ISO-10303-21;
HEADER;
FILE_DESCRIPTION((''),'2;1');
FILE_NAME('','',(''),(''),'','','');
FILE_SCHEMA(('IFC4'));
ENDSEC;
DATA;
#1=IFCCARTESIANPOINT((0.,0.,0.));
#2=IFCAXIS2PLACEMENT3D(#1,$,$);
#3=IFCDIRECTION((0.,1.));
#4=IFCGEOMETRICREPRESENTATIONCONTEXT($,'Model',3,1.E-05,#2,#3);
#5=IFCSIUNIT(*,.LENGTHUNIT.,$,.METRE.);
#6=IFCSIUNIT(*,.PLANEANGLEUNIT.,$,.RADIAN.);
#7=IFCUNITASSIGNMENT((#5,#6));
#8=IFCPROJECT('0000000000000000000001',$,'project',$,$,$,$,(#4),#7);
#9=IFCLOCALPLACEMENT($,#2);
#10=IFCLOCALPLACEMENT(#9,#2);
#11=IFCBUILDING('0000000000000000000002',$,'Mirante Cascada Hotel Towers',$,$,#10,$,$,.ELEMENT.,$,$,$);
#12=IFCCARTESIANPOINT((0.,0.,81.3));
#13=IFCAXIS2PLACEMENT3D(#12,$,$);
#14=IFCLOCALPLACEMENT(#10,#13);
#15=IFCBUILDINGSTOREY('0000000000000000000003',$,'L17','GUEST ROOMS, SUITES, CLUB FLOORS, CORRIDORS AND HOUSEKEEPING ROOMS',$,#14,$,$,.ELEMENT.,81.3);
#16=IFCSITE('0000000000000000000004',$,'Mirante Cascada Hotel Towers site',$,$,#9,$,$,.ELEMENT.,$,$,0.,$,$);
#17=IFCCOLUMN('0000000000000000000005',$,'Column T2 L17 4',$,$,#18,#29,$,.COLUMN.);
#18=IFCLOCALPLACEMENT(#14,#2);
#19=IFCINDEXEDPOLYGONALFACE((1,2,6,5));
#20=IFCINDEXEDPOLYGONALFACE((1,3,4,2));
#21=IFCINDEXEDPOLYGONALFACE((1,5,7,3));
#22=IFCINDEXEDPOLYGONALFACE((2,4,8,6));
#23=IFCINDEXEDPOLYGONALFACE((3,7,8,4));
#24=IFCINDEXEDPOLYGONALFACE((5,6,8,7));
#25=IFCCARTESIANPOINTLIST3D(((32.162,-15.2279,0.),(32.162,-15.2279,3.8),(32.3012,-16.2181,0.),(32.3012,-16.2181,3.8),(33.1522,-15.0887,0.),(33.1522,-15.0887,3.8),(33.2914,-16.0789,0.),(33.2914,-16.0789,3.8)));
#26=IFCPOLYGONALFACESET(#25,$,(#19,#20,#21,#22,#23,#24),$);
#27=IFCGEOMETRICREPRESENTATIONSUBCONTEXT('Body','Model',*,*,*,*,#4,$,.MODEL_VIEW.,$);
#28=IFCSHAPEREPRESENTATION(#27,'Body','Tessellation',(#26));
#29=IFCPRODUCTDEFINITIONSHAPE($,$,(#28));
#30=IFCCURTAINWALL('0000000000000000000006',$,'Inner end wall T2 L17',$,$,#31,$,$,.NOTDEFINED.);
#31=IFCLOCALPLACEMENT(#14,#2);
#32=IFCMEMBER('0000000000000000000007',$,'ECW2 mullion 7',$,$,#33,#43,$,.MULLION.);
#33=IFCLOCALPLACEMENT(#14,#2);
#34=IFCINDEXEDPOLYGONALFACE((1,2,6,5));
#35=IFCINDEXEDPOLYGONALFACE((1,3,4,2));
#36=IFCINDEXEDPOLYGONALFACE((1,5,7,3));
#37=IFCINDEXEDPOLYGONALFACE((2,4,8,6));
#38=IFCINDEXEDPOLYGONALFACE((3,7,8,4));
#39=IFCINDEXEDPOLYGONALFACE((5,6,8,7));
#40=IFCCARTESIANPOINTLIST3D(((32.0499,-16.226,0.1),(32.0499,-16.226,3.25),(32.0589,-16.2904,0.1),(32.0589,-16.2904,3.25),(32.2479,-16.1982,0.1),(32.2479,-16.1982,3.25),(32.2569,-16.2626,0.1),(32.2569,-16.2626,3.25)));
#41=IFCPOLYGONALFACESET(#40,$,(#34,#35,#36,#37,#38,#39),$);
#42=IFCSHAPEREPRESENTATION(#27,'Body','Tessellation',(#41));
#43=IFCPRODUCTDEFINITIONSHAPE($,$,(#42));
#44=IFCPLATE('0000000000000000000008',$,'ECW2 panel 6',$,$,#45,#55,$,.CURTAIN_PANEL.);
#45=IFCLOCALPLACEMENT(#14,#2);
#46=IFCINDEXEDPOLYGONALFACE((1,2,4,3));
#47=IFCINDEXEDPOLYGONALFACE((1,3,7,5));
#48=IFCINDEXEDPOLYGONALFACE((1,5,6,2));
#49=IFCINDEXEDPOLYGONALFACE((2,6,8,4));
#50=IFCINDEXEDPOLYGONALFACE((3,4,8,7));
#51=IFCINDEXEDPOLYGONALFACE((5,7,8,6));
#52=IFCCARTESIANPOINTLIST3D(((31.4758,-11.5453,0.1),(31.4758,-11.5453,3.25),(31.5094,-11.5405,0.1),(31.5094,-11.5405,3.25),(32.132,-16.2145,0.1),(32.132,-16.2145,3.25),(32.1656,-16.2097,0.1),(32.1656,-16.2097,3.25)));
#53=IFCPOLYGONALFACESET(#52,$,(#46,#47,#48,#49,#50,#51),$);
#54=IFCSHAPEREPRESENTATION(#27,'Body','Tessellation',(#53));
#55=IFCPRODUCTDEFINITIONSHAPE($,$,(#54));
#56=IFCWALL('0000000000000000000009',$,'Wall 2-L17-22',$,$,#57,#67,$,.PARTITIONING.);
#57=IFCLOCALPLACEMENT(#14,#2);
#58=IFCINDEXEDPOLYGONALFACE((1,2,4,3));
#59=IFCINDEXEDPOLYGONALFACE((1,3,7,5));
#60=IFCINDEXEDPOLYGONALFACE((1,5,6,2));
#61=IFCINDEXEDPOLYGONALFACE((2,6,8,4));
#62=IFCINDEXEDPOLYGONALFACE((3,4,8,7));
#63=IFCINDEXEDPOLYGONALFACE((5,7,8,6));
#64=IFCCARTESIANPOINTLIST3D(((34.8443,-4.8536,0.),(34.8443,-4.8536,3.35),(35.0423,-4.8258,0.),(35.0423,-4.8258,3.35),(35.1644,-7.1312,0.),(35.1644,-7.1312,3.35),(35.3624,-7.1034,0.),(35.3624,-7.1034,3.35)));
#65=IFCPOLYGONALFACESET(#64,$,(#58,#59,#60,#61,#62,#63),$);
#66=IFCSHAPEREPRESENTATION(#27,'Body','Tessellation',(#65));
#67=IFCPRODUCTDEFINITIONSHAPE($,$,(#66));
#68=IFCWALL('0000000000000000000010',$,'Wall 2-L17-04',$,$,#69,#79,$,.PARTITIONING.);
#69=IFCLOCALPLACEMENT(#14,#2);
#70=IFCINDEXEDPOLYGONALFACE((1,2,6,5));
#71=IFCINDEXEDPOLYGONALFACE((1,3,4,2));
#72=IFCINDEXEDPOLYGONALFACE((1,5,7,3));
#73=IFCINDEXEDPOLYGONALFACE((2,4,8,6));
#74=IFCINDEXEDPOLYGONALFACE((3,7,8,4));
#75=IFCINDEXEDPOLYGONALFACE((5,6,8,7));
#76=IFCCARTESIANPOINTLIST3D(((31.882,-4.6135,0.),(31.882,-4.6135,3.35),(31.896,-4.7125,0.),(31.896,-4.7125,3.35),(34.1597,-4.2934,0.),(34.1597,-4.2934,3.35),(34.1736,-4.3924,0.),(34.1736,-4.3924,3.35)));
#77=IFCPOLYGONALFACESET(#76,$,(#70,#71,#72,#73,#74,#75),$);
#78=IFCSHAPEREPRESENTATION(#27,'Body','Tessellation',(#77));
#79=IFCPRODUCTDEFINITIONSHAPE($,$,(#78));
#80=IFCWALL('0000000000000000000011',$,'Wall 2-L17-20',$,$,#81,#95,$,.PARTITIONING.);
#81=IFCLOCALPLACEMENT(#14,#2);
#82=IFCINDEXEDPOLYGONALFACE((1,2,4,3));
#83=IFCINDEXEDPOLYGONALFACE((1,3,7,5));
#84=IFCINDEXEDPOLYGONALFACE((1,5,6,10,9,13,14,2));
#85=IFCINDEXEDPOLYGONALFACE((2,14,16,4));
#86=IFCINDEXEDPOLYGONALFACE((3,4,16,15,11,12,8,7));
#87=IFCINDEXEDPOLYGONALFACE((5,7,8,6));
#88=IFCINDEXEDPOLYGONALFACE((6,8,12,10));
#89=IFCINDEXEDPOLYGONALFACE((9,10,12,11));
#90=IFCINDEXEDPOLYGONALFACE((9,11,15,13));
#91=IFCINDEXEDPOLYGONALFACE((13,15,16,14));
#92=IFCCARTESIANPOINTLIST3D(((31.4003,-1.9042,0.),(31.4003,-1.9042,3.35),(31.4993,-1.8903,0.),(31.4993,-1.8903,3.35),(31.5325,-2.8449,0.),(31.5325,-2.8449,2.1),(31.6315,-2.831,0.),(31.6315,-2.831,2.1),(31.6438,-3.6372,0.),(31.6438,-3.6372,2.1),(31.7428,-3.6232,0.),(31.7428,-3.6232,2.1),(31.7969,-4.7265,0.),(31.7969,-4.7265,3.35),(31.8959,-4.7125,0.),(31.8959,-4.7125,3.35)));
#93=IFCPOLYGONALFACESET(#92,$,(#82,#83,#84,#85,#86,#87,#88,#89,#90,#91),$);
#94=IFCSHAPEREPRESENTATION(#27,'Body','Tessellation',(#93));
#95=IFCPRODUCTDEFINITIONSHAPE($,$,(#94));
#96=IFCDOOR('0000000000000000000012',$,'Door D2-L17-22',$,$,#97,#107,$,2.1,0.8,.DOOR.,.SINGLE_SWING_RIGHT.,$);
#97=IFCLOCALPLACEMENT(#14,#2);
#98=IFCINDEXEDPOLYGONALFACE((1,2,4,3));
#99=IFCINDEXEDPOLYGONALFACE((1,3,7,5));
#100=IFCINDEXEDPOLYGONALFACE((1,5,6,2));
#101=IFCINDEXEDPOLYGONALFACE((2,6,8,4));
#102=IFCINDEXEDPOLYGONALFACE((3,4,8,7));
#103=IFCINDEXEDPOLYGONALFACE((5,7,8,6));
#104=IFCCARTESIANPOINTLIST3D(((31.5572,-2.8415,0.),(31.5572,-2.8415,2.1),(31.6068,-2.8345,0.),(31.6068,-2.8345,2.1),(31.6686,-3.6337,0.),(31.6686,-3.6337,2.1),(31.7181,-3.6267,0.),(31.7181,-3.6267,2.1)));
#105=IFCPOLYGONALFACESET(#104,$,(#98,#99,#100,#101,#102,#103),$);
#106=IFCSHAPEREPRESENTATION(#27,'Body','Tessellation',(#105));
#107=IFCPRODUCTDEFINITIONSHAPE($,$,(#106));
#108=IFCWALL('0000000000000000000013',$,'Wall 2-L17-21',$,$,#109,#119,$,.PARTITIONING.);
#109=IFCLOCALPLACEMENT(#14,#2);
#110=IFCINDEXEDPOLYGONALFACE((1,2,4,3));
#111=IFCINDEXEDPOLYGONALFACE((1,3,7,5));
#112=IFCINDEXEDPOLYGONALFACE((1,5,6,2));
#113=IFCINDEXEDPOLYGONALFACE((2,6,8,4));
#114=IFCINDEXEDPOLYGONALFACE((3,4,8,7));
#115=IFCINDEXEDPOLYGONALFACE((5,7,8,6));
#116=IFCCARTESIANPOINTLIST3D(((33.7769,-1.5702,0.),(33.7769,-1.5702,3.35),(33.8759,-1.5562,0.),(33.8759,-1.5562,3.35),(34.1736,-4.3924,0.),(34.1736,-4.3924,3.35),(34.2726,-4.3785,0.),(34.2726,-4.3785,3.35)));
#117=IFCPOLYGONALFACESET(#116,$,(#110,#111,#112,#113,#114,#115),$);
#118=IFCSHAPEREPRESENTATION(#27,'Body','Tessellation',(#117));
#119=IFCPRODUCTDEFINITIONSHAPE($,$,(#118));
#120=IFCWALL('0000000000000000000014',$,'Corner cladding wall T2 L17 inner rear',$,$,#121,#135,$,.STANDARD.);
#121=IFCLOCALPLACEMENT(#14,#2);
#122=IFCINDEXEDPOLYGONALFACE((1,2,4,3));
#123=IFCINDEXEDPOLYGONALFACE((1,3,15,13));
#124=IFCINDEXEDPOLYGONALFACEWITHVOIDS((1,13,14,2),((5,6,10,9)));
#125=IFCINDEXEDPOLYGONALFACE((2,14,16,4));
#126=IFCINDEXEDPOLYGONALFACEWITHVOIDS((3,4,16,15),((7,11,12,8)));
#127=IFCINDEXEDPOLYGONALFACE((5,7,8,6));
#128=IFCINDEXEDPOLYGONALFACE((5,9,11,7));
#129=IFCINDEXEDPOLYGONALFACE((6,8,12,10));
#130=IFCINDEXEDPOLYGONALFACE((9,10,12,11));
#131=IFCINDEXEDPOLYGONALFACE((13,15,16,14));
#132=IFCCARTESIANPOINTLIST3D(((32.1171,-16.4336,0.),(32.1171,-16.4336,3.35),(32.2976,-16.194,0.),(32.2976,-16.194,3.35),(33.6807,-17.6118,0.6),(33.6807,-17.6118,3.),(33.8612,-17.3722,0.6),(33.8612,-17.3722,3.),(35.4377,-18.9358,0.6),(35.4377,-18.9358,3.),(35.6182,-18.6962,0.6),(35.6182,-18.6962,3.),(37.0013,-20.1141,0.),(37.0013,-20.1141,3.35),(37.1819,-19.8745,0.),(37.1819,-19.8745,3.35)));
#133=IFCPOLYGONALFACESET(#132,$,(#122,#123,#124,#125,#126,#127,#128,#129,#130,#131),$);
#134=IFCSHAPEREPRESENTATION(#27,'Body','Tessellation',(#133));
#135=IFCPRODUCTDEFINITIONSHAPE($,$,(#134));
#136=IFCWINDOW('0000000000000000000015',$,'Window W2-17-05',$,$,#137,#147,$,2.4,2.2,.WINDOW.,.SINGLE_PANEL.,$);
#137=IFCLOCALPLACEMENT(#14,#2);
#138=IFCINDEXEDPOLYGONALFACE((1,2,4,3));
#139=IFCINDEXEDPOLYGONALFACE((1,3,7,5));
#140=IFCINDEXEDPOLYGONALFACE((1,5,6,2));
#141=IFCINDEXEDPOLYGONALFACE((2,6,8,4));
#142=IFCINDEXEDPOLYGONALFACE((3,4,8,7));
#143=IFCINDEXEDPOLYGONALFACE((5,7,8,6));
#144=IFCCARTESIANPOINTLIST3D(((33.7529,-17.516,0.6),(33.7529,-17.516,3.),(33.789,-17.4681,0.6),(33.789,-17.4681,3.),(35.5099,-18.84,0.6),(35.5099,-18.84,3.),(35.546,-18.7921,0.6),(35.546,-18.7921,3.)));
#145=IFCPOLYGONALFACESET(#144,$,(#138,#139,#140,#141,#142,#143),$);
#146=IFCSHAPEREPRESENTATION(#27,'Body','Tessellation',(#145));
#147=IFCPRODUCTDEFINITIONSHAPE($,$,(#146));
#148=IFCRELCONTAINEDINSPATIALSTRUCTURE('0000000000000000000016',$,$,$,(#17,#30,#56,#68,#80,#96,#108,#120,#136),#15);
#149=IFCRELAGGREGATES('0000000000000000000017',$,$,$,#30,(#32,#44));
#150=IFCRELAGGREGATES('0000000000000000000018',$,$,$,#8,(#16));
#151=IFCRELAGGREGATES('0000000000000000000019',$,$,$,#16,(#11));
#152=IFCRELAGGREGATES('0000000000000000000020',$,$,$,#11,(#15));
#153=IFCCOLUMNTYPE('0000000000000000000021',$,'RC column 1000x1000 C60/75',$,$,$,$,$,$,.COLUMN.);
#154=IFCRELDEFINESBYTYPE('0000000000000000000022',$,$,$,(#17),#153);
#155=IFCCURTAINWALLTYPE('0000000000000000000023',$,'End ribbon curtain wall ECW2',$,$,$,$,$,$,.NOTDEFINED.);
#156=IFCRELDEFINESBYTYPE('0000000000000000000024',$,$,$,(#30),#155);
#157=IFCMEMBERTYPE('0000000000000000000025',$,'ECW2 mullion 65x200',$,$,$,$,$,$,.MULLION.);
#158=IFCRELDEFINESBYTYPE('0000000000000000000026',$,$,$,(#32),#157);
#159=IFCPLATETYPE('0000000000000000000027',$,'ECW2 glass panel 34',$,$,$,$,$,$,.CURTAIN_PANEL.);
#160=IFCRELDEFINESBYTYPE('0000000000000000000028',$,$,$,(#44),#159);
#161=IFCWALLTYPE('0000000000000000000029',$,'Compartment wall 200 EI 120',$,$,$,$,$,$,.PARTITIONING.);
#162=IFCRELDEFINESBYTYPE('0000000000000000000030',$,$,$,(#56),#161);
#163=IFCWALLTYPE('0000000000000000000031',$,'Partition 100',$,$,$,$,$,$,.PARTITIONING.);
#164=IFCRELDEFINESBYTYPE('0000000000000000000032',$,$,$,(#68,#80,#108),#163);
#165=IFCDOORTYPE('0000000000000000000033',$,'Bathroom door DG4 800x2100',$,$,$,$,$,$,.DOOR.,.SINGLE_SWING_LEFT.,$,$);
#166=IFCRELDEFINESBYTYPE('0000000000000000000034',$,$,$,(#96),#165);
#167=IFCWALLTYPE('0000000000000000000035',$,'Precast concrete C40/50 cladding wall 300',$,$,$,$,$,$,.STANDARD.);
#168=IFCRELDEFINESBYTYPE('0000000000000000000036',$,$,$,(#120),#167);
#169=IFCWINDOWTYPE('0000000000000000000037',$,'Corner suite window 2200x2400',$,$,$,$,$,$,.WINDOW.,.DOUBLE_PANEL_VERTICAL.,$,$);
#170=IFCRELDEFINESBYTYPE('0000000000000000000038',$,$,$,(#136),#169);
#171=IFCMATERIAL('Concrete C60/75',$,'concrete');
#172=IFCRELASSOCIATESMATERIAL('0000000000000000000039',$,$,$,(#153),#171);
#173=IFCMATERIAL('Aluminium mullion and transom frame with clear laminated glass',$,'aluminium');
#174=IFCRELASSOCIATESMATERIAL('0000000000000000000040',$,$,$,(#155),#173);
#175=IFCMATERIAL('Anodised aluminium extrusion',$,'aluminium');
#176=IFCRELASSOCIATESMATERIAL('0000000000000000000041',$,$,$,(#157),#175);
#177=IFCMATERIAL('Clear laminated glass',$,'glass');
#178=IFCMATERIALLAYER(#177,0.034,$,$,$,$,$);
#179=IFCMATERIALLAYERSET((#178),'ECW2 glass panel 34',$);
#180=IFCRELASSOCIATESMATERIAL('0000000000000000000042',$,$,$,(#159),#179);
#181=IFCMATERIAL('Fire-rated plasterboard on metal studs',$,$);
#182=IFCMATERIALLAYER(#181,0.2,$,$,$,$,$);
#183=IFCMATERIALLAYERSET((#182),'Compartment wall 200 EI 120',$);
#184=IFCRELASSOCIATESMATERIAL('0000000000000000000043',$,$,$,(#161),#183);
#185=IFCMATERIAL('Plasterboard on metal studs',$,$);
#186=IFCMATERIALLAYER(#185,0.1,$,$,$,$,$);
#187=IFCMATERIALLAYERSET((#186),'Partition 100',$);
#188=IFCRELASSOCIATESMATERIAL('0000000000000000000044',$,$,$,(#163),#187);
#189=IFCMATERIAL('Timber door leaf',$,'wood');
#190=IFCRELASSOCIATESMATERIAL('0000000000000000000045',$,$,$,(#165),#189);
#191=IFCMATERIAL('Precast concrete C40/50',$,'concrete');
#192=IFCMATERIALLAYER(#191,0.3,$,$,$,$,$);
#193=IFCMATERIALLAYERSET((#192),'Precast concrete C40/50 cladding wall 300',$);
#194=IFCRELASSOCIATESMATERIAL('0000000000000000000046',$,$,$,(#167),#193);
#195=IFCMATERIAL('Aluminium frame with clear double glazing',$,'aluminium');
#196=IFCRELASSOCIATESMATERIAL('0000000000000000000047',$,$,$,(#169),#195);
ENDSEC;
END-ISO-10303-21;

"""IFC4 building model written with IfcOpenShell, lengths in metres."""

from ifc_helpers import new_model, si_unit, direction, frame, frame_2d, origin, origin_2d, place, context, subcontext, project, spatial, rectangle, extrude, material, layer, layer_set, material_profile, profile_set, type_object, element, fill, aggregate, save


model = new_model("IFC4")

# Units and contexts
model_context = context("Model", 3, precision=1e-05, world=origin(), true_north=direction((0.0, 1.0)))
body_context = subcontext(model_context, "Body", "Model", "MODEL_VIEW")
ifc_project = project(units=[si_unit("LENGTHUNIT", "METRE"), si_unit("PLANEANGLEUNIT", "RADIAN")], contexts=[model_context])

# Site, building, storey
site_placement = place(None, origin())
site = spatial("IfcSite", under=ifc_project, at=site_placement, Name="Mirante Cascada Hotel Towers site", CompositionType="ELEMENT", RefElevation=0.0)
building_placement = place(site_placement, origin())
building = spatial("IfcBuilding", under=site, at=building_placement, Name="Mirante Cascada Hotel Towers", CompositionType="ELEMENT")
storey_placement = place(building_placement, frame((0.0, 0.0, 81.3)))
storey = spatial("IfcBuildingStorey", under=building, at=storey_placement, Name="L17", Description="GUEST ROOMS, SUITES, CLUB FLOORS, CORRIDORS AND HOUSEKEEPING ROOMS", CompositionType="ELEMENT", Elevation=81.3)

# Column
ifc_material_1 = material(Name="Concrete C60/75", Category="concrete")
ifc_material_profile_1 = material_profile(ifc_material_1, rectangle(XDim=1.0, YDim=1.0, at=origin_2d()), Name="RC column 1000x1000 C60/75")
ifc_profile_set_1 = profile_set([ifc_material_profile_1], Name="Concrete C60/75")
column_type = type_object("IfcColumnType", Name="RC column 1000x1000 C60/75", PredefinedType="COLUMN", material=ifc_profile_set_1)
column_placement = place(storey_placement, frame((32.7267, -15.6534, 0.0), z_axis=(0.0, 0.0, 1.0), x_axis=(0.990268, 0.139173, 0.0)))
element("IfcColumn", 1, at=column_placement, inside=storey, type_object=column_type, Name="Column T2 L17 4", PredefinedType="COLUMN", context=body_context, shape_type="SweptSolid", body=[
    extrude(rectangle(XDim=1.0, YDim=1.0, at=origin_2d()), origin(), (0.0, 0.0, 1.0), 3.8),
])

# Curtain wall, member, plate
ifc_material_2 = material(Name="Aluminium mullion and transom frame with clear laminated glass", Category="aluminium")
curtain_wall_type = type_object("IfcCurtainWallType", Name="End ribbon curtain wall ECW2", PredefinedType="NOTDEFINED", material=ifc_material_2)
curtain_wall_placement = place(storey_placement, origin())
curtain_wall = element("IfcCurtainWall", 2, at=curtain_wall_placement, inside=storey, type_object=curtain_wall_type, Name="Inner end wall T2 L17", PredefinedType="NOTDEFINED")
ifc_material_3 = material(Name="Anodised aluminium extrusion", Category="aluminium")
ifc_material_profile_2 = material_profile(ifc_material_3, rectangle(XDim=0.2, YDim=0.065, at=origin_2d()), Name="ECW2 MULLION 65x200")
ifc_profile_set_2 = profile_set([ifc_material_profile_2], Name="Anodised aluminium extrusion")
member_type = type_object("IfcMemberType", Name="ECW2 mullion 65x200", PredefinedType="MULLION", material=ifc_profile_set_2)
member_placement = place(storey_placement, frame((32.1534, -16.2443, 0.1), z_axis=(0.0, 0.0, 1.0), x_axis=(0.990268, 0.139173, 0.0)))
member = element("IfcMember", 3, at=member_placement, type_object=member_type, Name="ECW2 mullion 7", PredefinedType="MULLION", context=body_context, shape_type="SweptSolid", body=[
    extrude(rectangle(XDim=0.2, YDim=0.065, at=origin_2d()), origin(), (0.0, 0.0, 1.0), 3.15),
])
ifc_material_4 = material(Name="Clear laminated glass", Category="glass")
ifc_layer_1 = layer(ifc_material_4, 0.034)
ifc_layer_set_1 = layer_set([ifc_layer_1], Name="ECW2 glass panel 34")
plate_type = type_object("IfcPlateType", Name="ECW2 glass panel 34", PredefinedType="CURTAIN_PANEL", material=ifc_layer_set_1)
plate_placement = place(storey_placement, frame((31.8207, -13.8775, 0.1), z_axis=(0.0, 0.0, 1.0), x_axis=(0.139173, -0.990268, 0.0)))
plate = element("IfcPlate", 4, at=plate_placement, type_object=plate_type, Name="ECW2 panel 6", PredefinedType="CURTAIN_PANEL", context=body_context, shape_type="SweptSolid", body=[
    extrude(rectangle(XDim=4.7151, YDim=0.034, at=origin_2d()), origin(), (0.0, 0.0, 1.0), 3.15),
])
aggregate(curtain_wall, [member, plate])

# Walls
ifc_material_5 = material(Name="Fire-rated plasterboard on metal studs")
ifc_layer_2 = layer(ifc_material_5, 0.2)
ifc_layer_set_2 = layer_set([ifc_layer_2], Name="Compartment wall 200 EI 120")
wall_type_1 = type_object("IfcWallType", Name="Compartment wall 200 EI 120", PredefinedType="PARTITIONING", material=ifc_layer_set_2)
wall_1_placement = place(storey_placement, frame((35.2634, -7.1173, 0.0), z_axis=(0.0, 0.0, 1.0), x_axis=(-0.139175, 0.990268, 0.0)))
element("IfcWall", 5, at=wall_1_placement, inside=storey, type_object=wall_type_1, Name="Wall 2-L17-22", PredefinedType="PARTITIONING", context=body_context, shape_type="SweptSolid", body=[
    extrude(rectangle(XDim=2.3, YDim=0.2, at=frame_2d((1.15, 0.0))), origin(), (0.0, 0.0, 1.0), 3.35),
])
ifc_material_6 = material(Name="Plasterboard on metal studs")
ifc_layer_3 = layer(ifc_material_6, 0.1)
ifc_layer_set_3 = layer_set([ifc_layer_3], Name="Partition 100")
wall_type_2 = type_object("IfcWallType", Name="Partition 100", PredefinedType="PARTITIONING", material=ifc_layer_set_3)
wall_2_placement = place(storey_placement, frame((31.889, -4.663, 0.0), z_axis=(0.0, 0.0, 1.0), x_axis=(0.990268, 0.139175, 0.0)))
element("IfcWall", 6, at=wall_2_placement, inside=storey, type_object=wall_type_2, Name="Wall 2-L17-04", PredefinedType="PARTITIONING", context=body_context, shape_type="SweptSolid", body=[
    extrude(rectangle(XDim=2.3, YDim=0.1, at=frame_2d((1.15, 0.0))), origin(), (0.0, 0.0, 1.0), 3.35),
])

# Wall, opening, door
wall_3_placement = place(storey_placement, frame((31.8464, -4.7195, 0.0), z_axis=(0.0, 0.0, 1.0), x_axis=(-0.139156, 0.99027, 0.0)))
wall_3 = element("IfcWall", 7, at=wall_3_placement, inside=storey, type_object=wall_type_2, Name="Wall 2-L17-20", PredefinedType="PARTITIONING", context=body_context, shape_type="SweptSolid", body=[
    extrude(rectangle(XDim=2.85, YDim=0.1, at=frame_2d((1.425, 0.0))), origin(), (0.0, 0.0, 1.0), 3.35),
])
opening_1_placement = place(wall_3_placement, frame((1.1, 0.0, 0.0)))
opening_1 = element("IfcOpeningElement", 8, at=opening_1_placement, cuts=wall_3, PredefinedType="OPENING", context=body_context, shape_type="SweptSolid", body=[
    extrude(rectangle(XDim=0.8, YDim=2.1, at=frame_2d((0.4, 1.05))), frame((0.0, 0.05, 0.0), z_axis=(0.0, -1.0, 0.0), x_axis=(1.0, 0.0, 0.0)), (0.0, 0.0, 1.0), 0.1),
])
ifc_material_7 = material(Name="Timber door leaf", Category="wood")
door_type_1 = type_object("IfcDoorType", Name="Bathroom door DG4 800x2100", OperationType="SINGLE_SWING_LEFT", PredefinedType="DOOR", material=ifc_material_7)
door_1_placement = place(opening_1_placement, frame((0.8, 0.0, 0.0), z_axis=(0.0, 0.0, 1.0), x_axis=(-1.0, 0.0, 0.0)))
door_1 = element("IfcDoor", 9, at=door_1_placement, inside=storey, type_object=door_type_1, Name="Door D2-L17-22", OperationType="SINGLE_SWING_RIGHT", OverallHeight=2.1, OverallWidth=0.8, PredefinedType="DOOR", context=body_context, shape_type="SweptSolid", body=[
    extrude(rectangle(XDim=0.8, YDim=2.1, at=frame_2d((0.4, 1.05))), frame((0.0, 0.025, 0.0), z_axis=(0.0, -1.0, 0.0), x_axis=(1.0, 0.0, 0.0)), (0.0, 0.0, 1.0), 0.05),
])
fill(opening_1, door_1)

# Wall
wall_4_placement = place(storey_placement, frame((33.8264, -1.5632, 0.0), z_axis=(0.0, 0.0, 1.0), x_axis=(0.139191, -0.990266, 0.0)))
element("IfcWall", 10, at=wall_4_placement, inside=storey, type_object=wall_type_2, Name="Wall 2-L17-21", PredefinedType="PARTITIONING", context=body_context, shape_type="SweptSolid", body=[
    extrude(rectangle(XDim=2.85, YDim=0.1, at=frame_2d((1.425, 0.0))), origin(), (0.0, 0.0, 1.0), 3.35),
])

# Wall, opening, window
ifc_material_8 = material(Name="Precast concrete C40/50", Category="concrete")
ifc_layer_4 = layer(ifc_material_8, 0.3)
ifc_layer_set_4 = layer_set([ifc_layer_4], Name="Precast concrete C40/50 cladding wall 300")
wall_type_3 = type_object("IfcWallType", Name="Precast concrete C40/50 cladding wall 300", PredefinedType="STANDARD", material=ifc_layer_set_4)
wall_5_placement = place(storey_placement, frame((32.2074, -16.3138, 0.0), z_axis=(0.0, 0.0, 1.0), x_axis=(0.798636, -0.601814, 0.0)))
wall_5 = element("IfcWall", 11, at=wall_5_placement, inside=storey, type_object=wall_type_3, Name="Corner cladding wall T2 L17 inner rear", PredefinedType="STANDARD", context=body_context, shape_type="SweptSolid", body=[
    extrude(rectangle(XDim=6.1157, YDim=0.3, at=frame_2d((3.0578, 0.0))), origin(), (0.0, 0.0, 1.0), 3.35),
])
opening_2_placement = place(wall_5_placement, frame((1.9578, 0.0, 0.6)))
opening_2 = element("IfcOpeningElement", 12, at=opening_2_placement, cuts=wall_5, PredefinedType="OPENING", context=body_context, shape_type="SweptSolid", body=[
    extrude(rectangle(XDim=2.2, YDim=2.4, at=frame_2d((1.1, 1.2))), frame((0.0, 0.15, 0.0), z_axis=(0.0, -1.0, 0.0), x_axis=(1.0, 0.0, 0.0)), (0.0, 0.0, 1.0), 0.3),
])
ifc_material_9 = material(Name="Aluminium frame with clear double glazing", Category="aluminium")
window_type = type_object("IfcWindowType", Name="Corner suite window 2200x2400", PartitioningType="DOUBLE_PANEL_VERTICAL", PredefinedType="WINDOW", material=ifc_material_9)
window_placement = place(opening_2_placement, origin())
window = element("IfcWindow", 13, at=window_placement, inside=storey, type_object=window_type, Name="Window W2-17-05", OverallHeight=2.4, OverallWidth=2.2, PartitioningType="SINGLE_PANEL", PredefinedType="WINDOW", context=body_context, shape_type="SweptSolid", body=[
    extrude(rectangle(XDim=2.2, YDim=2.4, at=frame_2d((1.1, 1.2))), frame((0.0, 0.03, 0.0), z_axis=(0.0, -1.0, 0.0), x_axis=(1.0, 0.0, 0.0)), (0.0, 0.0, 1.0), 0.06),
])
fill(opening_2, window)

save(model, "model.ifc")
